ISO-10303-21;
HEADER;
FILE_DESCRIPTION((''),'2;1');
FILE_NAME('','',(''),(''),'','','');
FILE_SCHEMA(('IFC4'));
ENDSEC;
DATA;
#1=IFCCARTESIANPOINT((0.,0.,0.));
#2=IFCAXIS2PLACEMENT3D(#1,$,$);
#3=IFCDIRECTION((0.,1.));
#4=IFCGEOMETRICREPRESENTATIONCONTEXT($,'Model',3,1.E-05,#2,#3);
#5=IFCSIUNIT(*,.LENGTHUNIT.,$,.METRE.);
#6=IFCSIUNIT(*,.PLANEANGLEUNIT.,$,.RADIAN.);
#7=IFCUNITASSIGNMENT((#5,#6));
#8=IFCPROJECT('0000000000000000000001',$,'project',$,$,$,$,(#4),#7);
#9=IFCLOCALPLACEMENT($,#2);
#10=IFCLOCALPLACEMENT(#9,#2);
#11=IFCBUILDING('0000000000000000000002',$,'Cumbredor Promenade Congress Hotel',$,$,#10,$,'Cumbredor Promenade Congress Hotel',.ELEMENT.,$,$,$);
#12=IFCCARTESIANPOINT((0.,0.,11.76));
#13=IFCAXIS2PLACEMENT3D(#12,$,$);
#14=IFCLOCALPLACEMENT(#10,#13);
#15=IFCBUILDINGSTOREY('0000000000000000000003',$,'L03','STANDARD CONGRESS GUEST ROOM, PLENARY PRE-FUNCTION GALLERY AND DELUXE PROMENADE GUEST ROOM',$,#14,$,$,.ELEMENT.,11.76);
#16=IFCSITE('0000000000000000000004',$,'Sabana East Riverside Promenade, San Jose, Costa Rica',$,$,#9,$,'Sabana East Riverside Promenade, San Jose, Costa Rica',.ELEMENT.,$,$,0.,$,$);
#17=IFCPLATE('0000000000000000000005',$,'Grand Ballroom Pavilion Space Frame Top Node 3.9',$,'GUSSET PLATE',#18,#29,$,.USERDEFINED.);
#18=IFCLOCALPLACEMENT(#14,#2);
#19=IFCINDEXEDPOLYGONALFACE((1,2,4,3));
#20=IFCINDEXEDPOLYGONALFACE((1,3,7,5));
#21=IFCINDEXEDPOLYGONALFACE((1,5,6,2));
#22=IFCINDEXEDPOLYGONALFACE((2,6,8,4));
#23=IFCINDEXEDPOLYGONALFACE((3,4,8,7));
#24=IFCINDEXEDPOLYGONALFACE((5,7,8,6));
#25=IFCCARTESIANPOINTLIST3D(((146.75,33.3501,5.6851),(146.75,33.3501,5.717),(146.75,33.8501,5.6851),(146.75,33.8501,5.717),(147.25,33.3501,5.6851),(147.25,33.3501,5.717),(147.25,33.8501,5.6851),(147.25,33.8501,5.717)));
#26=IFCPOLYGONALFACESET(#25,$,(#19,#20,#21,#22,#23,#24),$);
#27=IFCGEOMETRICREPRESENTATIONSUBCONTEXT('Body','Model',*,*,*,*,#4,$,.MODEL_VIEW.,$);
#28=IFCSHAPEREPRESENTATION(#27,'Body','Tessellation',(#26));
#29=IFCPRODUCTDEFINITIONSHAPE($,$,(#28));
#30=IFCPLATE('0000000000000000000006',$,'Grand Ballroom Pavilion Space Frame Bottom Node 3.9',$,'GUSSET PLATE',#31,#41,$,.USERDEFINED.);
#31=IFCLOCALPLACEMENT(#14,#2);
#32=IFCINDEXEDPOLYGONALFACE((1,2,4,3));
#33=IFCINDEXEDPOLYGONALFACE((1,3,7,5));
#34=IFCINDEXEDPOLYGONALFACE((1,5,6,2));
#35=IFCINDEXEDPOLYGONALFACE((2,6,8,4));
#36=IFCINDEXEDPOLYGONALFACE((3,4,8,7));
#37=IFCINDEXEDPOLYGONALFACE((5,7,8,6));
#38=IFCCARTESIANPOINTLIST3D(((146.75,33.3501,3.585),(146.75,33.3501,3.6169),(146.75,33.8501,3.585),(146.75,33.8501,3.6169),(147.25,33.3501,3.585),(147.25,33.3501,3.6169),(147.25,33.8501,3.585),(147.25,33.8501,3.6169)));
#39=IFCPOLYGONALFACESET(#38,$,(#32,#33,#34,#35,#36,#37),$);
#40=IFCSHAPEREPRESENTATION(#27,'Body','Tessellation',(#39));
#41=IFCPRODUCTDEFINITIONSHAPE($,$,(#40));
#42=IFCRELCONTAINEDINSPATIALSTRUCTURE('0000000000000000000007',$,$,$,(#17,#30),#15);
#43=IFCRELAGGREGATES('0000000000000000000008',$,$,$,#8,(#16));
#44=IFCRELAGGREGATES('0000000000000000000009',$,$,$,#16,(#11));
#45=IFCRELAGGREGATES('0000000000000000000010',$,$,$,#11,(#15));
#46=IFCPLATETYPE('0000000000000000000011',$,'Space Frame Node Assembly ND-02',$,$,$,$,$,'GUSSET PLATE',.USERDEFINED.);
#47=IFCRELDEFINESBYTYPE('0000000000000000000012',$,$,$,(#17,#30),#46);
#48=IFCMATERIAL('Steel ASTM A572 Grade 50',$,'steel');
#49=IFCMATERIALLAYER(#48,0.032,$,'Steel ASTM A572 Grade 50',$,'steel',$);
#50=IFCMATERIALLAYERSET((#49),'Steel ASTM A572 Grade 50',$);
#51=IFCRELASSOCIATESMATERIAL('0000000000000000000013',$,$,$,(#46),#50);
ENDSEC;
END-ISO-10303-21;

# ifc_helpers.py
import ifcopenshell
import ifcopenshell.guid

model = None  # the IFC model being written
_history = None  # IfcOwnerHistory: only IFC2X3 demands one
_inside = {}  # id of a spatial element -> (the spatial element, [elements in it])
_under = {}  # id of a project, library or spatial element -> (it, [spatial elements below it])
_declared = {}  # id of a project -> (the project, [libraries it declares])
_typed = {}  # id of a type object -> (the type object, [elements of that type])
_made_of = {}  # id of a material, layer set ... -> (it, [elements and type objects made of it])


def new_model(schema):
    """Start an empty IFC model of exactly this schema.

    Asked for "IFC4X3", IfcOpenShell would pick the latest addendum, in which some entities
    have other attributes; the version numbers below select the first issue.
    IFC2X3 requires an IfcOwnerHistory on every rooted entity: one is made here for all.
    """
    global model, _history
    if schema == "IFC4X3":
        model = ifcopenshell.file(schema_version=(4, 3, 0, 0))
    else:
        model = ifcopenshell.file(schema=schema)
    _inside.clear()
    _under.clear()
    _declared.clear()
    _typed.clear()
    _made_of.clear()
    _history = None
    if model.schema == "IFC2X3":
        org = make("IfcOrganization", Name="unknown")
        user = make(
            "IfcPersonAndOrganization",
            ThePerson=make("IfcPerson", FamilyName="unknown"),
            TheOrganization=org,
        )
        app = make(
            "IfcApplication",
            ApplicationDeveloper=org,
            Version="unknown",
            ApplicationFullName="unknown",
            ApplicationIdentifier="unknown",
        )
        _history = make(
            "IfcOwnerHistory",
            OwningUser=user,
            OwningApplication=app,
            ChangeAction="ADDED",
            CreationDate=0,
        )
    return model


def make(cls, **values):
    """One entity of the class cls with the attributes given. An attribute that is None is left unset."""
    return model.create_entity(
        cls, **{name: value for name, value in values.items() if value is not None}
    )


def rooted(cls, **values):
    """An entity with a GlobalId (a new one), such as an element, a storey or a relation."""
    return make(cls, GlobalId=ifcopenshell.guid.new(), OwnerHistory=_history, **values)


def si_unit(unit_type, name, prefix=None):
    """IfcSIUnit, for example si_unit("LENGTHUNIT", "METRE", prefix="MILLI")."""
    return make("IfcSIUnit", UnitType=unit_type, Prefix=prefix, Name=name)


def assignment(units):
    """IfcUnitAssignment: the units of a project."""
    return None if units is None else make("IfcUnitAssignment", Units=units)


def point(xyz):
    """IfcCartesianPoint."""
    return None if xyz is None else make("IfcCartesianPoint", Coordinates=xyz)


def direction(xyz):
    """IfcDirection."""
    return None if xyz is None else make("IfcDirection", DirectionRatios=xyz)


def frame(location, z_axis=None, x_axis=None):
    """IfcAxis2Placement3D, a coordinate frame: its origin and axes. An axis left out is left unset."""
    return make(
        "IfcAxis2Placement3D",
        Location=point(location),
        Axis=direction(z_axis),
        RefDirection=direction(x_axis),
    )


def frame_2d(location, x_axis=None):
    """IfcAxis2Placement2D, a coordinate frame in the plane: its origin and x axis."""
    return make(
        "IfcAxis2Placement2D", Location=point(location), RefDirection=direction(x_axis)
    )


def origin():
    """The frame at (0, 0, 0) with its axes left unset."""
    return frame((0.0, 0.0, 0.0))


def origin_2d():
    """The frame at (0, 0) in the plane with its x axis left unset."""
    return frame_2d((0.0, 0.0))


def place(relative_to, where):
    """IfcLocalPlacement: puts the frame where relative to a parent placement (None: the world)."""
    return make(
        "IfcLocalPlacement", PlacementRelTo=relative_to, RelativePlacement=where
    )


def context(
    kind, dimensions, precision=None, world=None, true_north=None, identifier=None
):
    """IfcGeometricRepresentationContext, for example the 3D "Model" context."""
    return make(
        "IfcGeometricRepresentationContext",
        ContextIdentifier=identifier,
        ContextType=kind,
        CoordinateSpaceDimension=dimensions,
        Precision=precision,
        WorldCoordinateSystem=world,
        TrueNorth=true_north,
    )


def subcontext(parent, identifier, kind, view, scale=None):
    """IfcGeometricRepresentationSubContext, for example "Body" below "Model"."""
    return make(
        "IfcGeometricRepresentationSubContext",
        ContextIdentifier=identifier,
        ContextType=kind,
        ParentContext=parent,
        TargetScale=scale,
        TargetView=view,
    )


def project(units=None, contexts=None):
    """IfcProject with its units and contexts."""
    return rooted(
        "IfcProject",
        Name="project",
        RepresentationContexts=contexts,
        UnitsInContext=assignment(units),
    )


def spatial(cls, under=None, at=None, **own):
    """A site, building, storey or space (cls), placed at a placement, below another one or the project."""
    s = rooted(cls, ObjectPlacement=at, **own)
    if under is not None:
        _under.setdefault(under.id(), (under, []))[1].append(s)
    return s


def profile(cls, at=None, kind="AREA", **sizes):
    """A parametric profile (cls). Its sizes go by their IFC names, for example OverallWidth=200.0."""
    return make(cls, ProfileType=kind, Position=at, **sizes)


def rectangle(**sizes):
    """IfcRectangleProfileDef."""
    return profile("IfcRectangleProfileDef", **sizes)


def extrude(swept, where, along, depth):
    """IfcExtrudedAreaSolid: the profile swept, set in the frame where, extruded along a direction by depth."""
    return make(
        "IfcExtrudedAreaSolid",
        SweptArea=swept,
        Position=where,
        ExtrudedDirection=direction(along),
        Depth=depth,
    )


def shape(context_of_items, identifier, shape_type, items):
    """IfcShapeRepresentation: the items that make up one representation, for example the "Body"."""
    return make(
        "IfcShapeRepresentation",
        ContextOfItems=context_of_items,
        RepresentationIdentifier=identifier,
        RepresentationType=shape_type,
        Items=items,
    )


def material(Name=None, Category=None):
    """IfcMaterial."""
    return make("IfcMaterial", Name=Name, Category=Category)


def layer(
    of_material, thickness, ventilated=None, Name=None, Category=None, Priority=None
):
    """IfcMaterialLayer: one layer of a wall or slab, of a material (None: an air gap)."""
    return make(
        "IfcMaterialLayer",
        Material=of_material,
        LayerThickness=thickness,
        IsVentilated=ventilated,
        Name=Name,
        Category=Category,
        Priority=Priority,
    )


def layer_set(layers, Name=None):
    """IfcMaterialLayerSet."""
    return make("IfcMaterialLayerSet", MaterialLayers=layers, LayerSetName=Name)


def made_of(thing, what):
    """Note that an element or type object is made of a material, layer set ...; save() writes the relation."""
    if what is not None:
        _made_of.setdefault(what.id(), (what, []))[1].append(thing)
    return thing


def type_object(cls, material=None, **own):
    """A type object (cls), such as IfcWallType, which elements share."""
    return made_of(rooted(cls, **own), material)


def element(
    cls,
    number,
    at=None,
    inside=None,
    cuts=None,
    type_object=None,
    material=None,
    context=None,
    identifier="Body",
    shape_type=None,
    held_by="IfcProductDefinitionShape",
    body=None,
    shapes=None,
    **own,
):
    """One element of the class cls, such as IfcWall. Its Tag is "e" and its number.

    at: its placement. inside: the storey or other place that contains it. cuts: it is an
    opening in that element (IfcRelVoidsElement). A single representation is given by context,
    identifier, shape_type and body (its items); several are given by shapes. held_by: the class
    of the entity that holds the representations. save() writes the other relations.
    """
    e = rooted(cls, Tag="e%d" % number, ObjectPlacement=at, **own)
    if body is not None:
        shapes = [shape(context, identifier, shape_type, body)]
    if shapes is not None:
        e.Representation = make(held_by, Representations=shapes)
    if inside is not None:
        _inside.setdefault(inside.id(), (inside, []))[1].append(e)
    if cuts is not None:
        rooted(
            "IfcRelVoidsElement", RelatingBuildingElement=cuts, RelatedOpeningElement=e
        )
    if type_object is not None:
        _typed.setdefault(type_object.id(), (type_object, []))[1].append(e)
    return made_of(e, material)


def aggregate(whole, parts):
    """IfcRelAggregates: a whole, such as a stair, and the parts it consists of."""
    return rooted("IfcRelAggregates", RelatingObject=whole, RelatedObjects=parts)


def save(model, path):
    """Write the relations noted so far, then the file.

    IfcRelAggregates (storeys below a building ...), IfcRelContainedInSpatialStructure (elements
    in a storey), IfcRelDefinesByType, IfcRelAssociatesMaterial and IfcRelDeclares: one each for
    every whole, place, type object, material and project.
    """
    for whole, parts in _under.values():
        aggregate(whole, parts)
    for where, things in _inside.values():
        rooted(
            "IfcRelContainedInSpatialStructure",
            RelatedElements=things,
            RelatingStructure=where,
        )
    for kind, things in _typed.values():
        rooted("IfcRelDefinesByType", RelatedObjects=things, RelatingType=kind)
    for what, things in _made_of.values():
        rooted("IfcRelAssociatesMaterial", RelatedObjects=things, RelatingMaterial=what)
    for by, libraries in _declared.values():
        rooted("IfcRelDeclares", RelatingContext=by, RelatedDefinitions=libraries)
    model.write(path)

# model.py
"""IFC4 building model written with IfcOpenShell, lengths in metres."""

from ifc_helpers import new_model, si_unit, direction, frame, origin, origin_2d, place, context, subcontext, project, spatial, rectangle, extrude, material, layer, layer_set, type_object, element, save


model = new_model("IFC4")

# Units and contexts
model_context = context("Model", 3, precision=1e-05, world=origin(), true_north=direction((0.0, 1.0)))
body_context = subcontext(model_context, "Body", "Model", "MODEL_VIEW")
ifc_project = project(units=[si_unit("LENGTHUNIT", "METRE"), si_unit("PLANEANGLEUNIT", "RADIAN")], contexts=[model_context])

# Site, building, storey
site_placement = place(None, origin())
site = spatial("IfcSite", under=ifc_project, at=site_placement, Name="Sabana East Riverside Promenade, San Jose, Costa Rica", LongName="Sabana East Riverside Promenade, San Jose, Costa Rica", CompositionType="ELEMENT", RefElevation=0.0)
building_placement = place(site_placement, origin())
building = spatial("IfcBuilding", under=site, at=building_placement, Name="Cumbredor Promenade Congress Hotel", LongName="Cumbredor Promenade Congress Hotel", CompositionType="ELEMENT")
storey_placement = place(building_placement, frame((0.0, 0.0, 11.76)))
storey = spatial("IfcBuildingStorey", under=building, at=storey_placement, Name="L03", Description="STANDARD CONGRESS GUEST ROOM, PLENARY PRE-FUNCTION GALLERY AND DELUXE PROMENADE GUEST ROOM", CompositionType="ELEMENT", Elevation=11.76)

# Plates
ifc_material_1 = material(Name="Steel ASTM A572 Grade 50", Category="steel")
ifc_layer_1 = layer(ifc_material_1, 0.032, Name="Steel ASTM A572 Grade 50", Category="steel")
ifc_layer_set_1 = layer_set([ifc_layer_1], Name="Steel ASTM A572 Grade 50")
plate_type_1 = type_object("IfcPlateType", Name="Space Frame Node Assembly ND-02", ElementType="GUSSET PLATE", PredefinedType="USERDEFINED", material=ifc_layer_set_1)
for number, where, z_axis, x_axis, name in (
    (1, (147.0, 33.6001, 5.6851), (0.0, 0.0, 1.0), (1.0, 0.0, 0.0), "Grand Ballroom Pavilion Space Frame Top Node 3.9"),
    (2, (147.0, 33.6001, 3.585), (0.0, 0.0, 1.0), (1.0, 0.0, 0.0), "Grand Ballroom Pavilion Space Frame Bottom Node 3.9"),
):
    element("IfcPlate", number, at=place(storey_placement, frame(where, z_axis=z_axis, x_axis=x_axis)), inside=storey, type_object=plate_type_1, Name=name, ObjectType="GUSSET PLATE", PredefinedType="USERDEFINED", context=body_context, shape_type="SweptSolid", body=[
        extrude(rectangle(XDim=0.5, YDim=0.5, at=origin_2d()), origin(), (0.0, 0.0, 1.0), 0.032),
    ])

save(model, "model.ifc")
